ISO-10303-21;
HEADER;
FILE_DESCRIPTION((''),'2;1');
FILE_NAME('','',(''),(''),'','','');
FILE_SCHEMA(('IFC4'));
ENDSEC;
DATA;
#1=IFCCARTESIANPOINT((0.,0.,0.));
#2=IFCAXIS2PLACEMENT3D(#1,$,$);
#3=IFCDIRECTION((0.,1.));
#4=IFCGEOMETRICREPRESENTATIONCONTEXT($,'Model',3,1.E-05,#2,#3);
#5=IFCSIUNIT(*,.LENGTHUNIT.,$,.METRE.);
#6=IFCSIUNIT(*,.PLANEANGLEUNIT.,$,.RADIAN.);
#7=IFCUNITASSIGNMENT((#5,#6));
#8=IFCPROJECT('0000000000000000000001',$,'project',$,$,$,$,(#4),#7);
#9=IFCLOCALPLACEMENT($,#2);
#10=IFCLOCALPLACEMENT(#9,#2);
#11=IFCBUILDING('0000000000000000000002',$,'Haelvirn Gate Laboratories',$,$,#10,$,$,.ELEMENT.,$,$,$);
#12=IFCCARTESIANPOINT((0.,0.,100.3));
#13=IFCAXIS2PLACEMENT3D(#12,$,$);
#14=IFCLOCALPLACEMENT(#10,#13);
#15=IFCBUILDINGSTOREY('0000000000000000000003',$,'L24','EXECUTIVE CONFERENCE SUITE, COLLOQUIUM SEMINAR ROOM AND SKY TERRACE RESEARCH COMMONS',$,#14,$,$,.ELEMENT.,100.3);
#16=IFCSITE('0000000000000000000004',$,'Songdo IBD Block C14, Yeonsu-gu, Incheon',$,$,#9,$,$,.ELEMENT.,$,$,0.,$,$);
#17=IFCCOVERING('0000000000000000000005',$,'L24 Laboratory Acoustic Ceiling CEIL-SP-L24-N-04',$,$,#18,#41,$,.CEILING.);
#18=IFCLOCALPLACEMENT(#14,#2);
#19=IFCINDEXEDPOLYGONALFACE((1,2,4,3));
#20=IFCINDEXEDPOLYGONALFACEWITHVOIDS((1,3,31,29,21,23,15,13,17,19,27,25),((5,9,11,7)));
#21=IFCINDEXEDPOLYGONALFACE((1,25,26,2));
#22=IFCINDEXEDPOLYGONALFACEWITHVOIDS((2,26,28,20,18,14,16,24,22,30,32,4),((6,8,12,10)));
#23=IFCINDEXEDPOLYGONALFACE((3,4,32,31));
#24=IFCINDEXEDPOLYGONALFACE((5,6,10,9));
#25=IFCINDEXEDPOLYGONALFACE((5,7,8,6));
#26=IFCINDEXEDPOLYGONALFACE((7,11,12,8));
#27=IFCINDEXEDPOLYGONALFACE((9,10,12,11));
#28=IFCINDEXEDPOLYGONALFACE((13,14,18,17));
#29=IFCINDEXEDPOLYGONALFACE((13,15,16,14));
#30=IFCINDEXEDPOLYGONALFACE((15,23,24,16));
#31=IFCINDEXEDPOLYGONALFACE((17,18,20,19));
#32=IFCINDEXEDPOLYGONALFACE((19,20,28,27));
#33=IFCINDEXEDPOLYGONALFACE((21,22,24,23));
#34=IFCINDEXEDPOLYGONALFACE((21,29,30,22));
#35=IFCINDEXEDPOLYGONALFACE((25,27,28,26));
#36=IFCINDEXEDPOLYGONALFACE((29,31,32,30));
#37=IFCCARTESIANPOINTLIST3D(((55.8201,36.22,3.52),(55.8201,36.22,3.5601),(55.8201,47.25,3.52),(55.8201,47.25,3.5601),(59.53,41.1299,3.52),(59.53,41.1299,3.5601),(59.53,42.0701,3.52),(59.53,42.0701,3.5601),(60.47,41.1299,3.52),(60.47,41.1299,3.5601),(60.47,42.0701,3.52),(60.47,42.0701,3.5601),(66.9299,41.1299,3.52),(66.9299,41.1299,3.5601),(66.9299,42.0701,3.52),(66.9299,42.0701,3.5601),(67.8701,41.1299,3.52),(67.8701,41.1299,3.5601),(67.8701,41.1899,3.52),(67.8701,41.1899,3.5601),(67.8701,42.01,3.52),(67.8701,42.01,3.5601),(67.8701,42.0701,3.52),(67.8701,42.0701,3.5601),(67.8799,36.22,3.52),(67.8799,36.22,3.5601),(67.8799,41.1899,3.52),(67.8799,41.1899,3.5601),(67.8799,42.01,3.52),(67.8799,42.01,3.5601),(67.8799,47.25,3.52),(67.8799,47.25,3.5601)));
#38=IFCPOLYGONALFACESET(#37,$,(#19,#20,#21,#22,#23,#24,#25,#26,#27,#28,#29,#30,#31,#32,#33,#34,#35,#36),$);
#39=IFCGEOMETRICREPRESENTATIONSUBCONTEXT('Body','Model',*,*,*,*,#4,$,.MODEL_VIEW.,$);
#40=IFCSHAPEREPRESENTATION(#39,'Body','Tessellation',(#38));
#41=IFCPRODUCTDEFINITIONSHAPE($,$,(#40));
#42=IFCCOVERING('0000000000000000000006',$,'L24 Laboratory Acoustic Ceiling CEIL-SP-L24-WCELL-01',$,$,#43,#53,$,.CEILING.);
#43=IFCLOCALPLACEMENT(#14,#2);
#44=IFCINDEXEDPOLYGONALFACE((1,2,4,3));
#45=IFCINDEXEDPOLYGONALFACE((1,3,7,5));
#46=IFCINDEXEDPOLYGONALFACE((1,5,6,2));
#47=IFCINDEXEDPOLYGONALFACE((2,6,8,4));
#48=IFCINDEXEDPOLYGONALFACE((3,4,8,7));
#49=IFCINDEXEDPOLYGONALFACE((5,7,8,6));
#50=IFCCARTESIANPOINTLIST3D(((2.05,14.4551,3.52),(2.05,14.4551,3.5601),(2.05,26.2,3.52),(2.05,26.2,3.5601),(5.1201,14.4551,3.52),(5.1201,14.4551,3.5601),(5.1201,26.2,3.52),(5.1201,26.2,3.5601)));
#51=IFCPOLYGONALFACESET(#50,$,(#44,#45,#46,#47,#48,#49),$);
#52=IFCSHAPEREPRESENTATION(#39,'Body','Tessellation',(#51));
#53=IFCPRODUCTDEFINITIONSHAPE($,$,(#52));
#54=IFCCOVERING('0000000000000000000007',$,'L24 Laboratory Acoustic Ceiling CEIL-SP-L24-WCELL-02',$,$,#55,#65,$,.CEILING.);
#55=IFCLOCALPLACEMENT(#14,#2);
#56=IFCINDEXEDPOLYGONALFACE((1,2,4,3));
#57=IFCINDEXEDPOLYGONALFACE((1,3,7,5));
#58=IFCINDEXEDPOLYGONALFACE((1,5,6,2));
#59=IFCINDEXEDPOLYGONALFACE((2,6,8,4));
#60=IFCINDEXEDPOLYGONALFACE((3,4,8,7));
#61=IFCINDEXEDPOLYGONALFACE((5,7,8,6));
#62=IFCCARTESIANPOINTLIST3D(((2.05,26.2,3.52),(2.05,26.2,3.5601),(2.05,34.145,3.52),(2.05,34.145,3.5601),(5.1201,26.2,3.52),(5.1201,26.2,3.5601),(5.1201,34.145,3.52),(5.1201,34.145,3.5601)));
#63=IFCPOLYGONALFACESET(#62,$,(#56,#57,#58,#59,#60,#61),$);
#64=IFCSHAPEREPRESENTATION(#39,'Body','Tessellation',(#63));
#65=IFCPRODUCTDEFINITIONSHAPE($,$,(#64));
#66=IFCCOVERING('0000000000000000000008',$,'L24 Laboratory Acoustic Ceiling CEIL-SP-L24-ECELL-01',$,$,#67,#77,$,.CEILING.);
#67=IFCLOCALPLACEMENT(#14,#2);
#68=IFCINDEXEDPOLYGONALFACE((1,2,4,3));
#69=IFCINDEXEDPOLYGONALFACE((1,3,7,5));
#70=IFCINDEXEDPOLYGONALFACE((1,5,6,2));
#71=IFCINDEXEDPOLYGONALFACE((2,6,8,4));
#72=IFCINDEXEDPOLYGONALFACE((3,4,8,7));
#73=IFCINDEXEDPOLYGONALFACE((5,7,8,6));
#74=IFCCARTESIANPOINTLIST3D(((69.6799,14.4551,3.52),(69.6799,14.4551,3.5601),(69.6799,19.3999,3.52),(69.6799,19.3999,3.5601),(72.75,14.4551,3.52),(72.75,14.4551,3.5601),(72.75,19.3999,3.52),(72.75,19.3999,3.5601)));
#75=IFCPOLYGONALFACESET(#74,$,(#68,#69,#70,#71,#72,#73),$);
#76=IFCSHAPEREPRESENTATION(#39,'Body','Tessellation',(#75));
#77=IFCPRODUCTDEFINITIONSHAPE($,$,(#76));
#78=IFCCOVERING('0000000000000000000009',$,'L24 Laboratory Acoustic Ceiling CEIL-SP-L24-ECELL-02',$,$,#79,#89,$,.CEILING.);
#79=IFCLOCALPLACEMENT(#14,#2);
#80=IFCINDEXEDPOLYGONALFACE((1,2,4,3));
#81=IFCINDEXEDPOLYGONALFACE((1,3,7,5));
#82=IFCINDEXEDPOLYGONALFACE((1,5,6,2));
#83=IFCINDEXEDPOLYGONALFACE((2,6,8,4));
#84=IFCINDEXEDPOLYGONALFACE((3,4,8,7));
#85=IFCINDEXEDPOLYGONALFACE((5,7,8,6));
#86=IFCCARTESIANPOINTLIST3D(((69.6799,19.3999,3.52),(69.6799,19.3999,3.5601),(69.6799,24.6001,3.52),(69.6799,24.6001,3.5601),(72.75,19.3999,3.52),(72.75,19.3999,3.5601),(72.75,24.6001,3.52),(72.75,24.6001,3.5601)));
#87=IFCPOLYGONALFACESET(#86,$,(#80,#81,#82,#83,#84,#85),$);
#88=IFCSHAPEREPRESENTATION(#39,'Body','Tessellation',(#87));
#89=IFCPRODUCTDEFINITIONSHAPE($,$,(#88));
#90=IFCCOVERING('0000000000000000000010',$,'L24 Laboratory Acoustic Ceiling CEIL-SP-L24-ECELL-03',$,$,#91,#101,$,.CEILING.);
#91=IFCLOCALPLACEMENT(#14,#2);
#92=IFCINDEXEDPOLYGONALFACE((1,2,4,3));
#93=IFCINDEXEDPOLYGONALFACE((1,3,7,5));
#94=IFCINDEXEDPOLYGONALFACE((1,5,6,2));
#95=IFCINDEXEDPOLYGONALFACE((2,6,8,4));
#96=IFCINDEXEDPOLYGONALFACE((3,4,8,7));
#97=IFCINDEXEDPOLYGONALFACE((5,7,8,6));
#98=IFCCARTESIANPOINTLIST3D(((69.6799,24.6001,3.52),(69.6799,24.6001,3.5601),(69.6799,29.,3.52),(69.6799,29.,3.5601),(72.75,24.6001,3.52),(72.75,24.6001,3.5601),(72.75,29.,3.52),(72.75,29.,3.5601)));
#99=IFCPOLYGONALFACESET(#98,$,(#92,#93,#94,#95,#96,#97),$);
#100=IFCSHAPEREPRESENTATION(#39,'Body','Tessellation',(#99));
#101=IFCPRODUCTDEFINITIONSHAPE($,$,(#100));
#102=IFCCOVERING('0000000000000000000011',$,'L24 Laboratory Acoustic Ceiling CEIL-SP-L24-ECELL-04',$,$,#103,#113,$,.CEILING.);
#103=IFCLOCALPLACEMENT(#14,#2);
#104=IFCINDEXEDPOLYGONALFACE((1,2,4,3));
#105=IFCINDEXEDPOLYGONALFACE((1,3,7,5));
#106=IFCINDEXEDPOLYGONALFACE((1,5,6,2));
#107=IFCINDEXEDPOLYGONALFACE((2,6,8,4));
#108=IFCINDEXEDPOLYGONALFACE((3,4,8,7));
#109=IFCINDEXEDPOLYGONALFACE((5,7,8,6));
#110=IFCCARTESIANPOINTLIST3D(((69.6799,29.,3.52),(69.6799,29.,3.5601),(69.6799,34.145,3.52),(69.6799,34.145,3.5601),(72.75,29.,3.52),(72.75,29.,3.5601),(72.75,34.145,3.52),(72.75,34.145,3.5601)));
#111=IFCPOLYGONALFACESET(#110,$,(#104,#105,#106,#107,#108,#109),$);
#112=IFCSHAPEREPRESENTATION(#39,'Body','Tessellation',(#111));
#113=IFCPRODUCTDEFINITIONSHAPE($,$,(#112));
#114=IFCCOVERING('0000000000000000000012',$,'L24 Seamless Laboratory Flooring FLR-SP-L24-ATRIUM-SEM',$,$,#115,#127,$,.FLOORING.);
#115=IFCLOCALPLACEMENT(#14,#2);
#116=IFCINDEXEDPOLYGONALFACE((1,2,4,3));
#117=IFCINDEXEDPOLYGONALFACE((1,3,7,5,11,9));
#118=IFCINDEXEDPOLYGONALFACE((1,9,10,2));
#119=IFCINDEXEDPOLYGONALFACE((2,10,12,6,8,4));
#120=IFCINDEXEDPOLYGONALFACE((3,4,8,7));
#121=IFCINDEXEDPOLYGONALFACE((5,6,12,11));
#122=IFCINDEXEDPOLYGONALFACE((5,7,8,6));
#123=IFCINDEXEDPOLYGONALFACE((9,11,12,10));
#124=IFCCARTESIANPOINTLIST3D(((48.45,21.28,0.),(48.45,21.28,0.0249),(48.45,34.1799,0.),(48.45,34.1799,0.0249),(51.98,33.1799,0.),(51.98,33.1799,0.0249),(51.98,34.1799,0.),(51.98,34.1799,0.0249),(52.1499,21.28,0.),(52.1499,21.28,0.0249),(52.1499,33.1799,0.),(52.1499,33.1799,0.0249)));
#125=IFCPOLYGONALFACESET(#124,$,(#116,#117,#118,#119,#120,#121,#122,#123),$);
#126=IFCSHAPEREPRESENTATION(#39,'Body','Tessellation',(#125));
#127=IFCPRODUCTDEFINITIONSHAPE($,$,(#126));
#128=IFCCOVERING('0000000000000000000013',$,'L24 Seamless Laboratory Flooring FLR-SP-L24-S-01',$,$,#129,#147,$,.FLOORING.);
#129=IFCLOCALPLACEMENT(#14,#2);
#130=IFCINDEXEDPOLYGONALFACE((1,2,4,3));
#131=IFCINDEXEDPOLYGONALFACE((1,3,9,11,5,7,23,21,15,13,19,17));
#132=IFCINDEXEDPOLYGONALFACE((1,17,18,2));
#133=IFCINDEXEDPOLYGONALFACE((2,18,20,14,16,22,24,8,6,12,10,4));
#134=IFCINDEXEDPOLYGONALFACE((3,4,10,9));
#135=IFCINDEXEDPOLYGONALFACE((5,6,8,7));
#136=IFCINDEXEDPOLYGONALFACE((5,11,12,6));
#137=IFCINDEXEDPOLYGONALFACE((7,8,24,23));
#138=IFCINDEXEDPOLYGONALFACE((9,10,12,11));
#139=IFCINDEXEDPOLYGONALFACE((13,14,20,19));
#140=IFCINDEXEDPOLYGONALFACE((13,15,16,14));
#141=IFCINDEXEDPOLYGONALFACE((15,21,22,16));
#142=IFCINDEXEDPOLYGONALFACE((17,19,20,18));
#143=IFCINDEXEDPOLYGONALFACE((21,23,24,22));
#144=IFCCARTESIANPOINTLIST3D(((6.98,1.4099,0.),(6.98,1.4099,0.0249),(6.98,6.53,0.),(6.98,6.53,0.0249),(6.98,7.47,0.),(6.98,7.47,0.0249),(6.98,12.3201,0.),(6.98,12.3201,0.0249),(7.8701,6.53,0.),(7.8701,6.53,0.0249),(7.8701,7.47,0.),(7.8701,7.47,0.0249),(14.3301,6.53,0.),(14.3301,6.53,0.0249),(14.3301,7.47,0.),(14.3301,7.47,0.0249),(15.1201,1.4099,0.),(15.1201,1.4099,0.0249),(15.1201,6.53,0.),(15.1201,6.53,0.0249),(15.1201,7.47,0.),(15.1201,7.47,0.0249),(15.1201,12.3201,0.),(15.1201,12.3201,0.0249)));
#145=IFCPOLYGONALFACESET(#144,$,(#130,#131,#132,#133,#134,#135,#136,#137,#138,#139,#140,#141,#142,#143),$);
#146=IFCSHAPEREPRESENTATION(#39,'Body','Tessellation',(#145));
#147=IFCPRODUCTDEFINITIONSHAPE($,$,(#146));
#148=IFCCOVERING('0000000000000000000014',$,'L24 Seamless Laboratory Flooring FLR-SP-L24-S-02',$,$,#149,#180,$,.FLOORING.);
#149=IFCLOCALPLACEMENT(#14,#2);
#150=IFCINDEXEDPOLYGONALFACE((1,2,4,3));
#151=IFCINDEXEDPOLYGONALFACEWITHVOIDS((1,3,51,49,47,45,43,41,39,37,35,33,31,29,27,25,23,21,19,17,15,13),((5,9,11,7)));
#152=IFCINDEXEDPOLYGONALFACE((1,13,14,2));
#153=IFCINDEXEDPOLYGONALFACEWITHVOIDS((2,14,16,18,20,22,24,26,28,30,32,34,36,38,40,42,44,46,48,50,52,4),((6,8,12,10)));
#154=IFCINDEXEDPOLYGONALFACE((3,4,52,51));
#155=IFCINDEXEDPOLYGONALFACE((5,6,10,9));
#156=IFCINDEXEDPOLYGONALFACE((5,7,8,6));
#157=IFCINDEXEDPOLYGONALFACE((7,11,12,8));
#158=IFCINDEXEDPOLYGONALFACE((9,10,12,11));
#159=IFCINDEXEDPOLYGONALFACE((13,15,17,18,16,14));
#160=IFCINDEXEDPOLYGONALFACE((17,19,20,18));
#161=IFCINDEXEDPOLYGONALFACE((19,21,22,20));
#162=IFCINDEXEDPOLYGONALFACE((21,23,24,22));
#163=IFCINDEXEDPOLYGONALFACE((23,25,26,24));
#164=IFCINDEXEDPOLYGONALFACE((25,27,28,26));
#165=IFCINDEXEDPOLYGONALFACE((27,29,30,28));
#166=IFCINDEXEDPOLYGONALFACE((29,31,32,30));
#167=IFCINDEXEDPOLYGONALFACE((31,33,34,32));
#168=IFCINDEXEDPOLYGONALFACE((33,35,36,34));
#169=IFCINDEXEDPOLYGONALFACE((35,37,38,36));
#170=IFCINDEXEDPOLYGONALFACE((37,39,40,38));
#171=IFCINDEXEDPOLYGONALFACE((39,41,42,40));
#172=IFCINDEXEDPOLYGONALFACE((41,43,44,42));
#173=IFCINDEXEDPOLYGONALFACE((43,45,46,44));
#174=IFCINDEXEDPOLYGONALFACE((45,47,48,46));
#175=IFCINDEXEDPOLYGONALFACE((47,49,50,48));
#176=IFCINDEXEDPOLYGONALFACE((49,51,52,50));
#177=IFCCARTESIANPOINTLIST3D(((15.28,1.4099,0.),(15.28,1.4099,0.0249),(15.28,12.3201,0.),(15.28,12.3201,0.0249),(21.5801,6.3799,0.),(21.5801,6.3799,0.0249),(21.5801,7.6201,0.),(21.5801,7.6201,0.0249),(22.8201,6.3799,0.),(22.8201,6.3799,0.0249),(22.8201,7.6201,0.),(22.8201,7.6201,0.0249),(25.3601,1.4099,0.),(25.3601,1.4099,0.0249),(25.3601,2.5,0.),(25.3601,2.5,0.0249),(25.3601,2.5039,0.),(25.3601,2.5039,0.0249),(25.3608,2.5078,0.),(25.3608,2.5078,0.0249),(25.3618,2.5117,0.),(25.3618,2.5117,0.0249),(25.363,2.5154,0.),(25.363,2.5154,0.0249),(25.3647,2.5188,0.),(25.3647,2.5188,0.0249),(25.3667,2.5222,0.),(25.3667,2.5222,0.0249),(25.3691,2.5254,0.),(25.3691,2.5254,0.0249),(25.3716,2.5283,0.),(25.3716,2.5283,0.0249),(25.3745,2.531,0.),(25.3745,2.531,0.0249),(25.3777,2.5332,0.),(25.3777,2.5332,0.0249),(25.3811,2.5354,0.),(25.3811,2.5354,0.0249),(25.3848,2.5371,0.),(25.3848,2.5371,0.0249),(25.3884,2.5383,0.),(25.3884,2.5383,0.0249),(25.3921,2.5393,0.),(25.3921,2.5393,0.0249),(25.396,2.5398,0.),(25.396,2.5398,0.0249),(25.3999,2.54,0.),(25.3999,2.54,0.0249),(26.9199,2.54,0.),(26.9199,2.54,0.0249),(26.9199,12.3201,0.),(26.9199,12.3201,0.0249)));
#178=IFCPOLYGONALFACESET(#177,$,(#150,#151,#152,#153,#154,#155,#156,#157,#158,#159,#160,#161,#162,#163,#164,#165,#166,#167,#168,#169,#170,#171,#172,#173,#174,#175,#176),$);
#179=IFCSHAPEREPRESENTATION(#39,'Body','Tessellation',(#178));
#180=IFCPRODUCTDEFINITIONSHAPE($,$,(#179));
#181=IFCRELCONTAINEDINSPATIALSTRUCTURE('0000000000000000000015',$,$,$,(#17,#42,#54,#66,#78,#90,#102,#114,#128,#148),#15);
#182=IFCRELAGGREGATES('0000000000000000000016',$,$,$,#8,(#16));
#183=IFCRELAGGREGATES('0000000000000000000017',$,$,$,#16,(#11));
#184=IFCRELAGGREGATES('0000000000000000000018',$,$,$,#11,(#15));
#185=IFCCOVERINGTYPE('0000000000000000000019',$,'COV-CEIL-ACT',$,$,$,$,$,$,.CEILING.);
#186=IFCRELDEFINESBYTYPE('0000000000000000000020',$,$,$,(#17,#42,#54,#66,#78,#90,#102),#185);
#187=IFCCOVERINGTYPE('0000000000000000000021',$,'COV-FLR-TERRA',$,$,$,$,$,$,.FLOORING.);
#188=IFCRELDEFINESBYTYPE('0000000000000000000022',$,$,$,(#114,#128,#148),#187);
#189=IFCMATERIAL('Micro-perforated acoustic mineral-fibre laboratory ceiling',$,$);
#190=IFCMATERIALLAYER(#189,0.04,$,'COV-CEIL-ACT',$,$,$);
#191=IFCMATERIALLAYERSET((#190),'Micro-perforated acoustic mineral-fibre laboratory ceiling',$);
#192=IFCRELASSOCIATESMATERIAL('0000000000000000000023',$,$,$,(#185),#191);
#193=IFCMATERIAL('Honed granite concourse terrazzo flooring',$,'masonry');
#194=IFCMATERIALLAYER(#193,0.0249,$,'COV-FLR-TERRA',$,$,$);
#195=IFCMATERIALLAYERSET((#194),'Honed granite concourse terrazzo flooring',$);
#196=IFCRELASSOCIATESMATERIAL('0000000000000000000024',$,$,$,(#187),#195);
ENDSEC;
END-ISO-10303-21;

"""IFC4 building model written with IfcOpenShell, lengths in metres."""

from ifc_helpers import new_model, si_unit, direction, frame, origin, place, context, subcontext, project, spatial, polyline, outline, extrude, material, layer, layer_set, type_object, element, save


model = new_model("IFC4")

# Units and contexts
model_context = context("Model", 3, precision=1e-05, world=origin(), true_north=direction((0.0, 1.0)))
body_context = subcontext(model_context, "Body", "Model", "MODEL_VIEW")
ifc_project = project(units=[si_unit("LENGTHUNIT", "METRE"), si_unit("PLANEANGLEUNIT", "RADIAN")], contexts=[model_context])

# Site, building, storey
site_placement = place(None, origin())
site = spatial("IfcSite", under=ifc_project, at=site_placement, Name="Songdo IBD Block C14, Yeonsu-gu, Incheon", CompositionType="ELEMENT", RefElevation=0.0)
building_placement = place(site_placement, origin())
building = spatial("IfcBuilding", under=site, at=building_placement, Name="Haelvirn Gate Laboratories", CompositionType="ELEMENT")
storey_placement = place(building_placement, frame((0.0, 0.0, 100.3)))
storey = spatial("IfcBuildingStorey", under=building, at=storey_placement, Name="L24", Description="EXECUTIVE CONFERENCE SUITE, COLLOQUIUM SEMINAR ROOM AND SKY TERRACE RESEARCH COMMONS", CompositionType="ELEMENT", Elevation=100.3)

# Coverings
ifc_material_1 = material(Name="Micro-perforated acoustic mineral-fibre laboratory ceiling")
ifc_layer_1 = layer(ifc_material_1, 0.04, Name="COV-CEIL-ACT")
ifc_layer_set_1 = layer_set([ifc_layer_1], Name="Micro-perforated acoustic mineral-fibre laboratory ceiling")
covering_type_1 = type_object("IfcCoveringType", Name="COV-CEIL-ACT", PredefinedType="CEILING", material=ifc_layer_set_1)
covering_1_placement = place(storey_placement, frame((0.0, 0.0, 3.52)))
element("IfcCovering", 1, at=covering_1_placement, inside=storey, type_object=covering_type_1, Name="L24 Laboratory Acoustic Ceiling CEIL-SP-L24-N-04", PredefinedType="CEILING", context=body_context, shape_type="SweptSolid", body=[
    extrude(outline(polyline([(67.8799, 41.1899), (67.8799, 36.22), (55.8201, 36.22), (55.8201, 47.25), (67.8799, 47.25), (67.8799, 42.01), (67.8701, 42.01), (67.8701, 42.0701), (66.9299, 42.0701), (66.9299, 41.1299), (67.8701, 41.1299), (67.8701, 41.1899), (67.8799, 41.1899)]), holes=[polyline([(59.53, 42.0701), (59.53, 41.1299), (60.47, 41.1299), (60.47, 42.0701), (59.53, 42.0701)])]), origin(), (0.0, 0.0, 1.0), 0.04),
])
covering_2_placement = place(storey_placement, frame((0.0, 0.0, 3.52)))
element("IfcCovering", 2, at=covering_2_placement, inside=storey, type_object=covering_type_1, Name="L24 Laboratory Acoustic Ceiling CEIL-SP-L24-WCELL-01", PredefinedType="CEILING", context=body_context, shape_type="SweptSolid", body=[
    extrude(outline(polyline([(2.05, 26.2), (5.1201, 26.2), (5.1201, 14.4551), (2.05, 14.4551), (2.05, 26.2)])), origin(), (0.0, 0.0, 1.0), 0.04),
])
covering_3_placement = place(storey_placement, frame((0.0, 0.0, 3.52)))
element("IfcCovering", 3, at=covering_3_placement, inside=storey, type_object=covering_type_1, Name="L24 Laboratory Acoustic Ceiling CEIL-SP-L24-WCELL-02", PredefinedType="CEILING", context=body_context, shape_type="SweptSolid", body=[
    extrude(outline(polyline([(2.05, 34.145), (5.1201, 34.145), (5.1201, 26.2), (2.05, 26.2), (2.05, 34.145)])), origin(), (0.0, 0.0, 1.0), 0.04),
])
covering_4_placement = place(storey_placement, frame((0.0, 0.0, 3.52)))
element("IfcCovering", 4, at=covering_4_placement, inside=storey, type_object=covering_type_1, Name="L24 Laboratory Acoustic Ceiling CEIL-SP-L24-ECELL-01", PredefinedType="CEILING", context=body_context, shape_type="SweptSolid", body=[
    extrude(outline(polyline([(69.6799, 19.3999), (72.75, 19.3999), (72.75, 14.4551), (69.6799, 14.4551), (69.6799, 19.3999)])), origin(), (0.0, 0.0, 1.0), 0.04),
])
covering_5_placement = place(storey_placement, frame((0.0, 0.0, 3.52)))
element("IfcCovering", 5, at=covering_5_placement, inside=storey, type_object=covering_type_1, Name="L24 Laboratory Acoustic Ceiling CEIL-SP-L24-ECELL-02", PredefinedType="CEILING", context=body_context, shape_type="SweptSolid", body=[
    extrude(outline(polyline([(69.6799, 24.6001), (72.75, 24.6001), (72.75, 19.3999), (69.6799, 19.3999), (69.6799, 24.6001)])), origin(), (0.0, 0.0, 1.0), 0.04),
])
covering_6_placement = place(storey_placement, frame((0.0, 0.0, 3.52)))
element("IfcCovering", 6, at=covering_6_placement, inside=storey, type_object=covering_type_1, Name="L24 Laboratory Acoustic Ceiling CEIL-SP-L24-ECELL-03", PredefinedType="CEILING", context=body_context, shape_type="SweptSolid", body=[
    extrude(outline(polyline([(69.6799, 29.0), (72.75, 29.0), (72.75, 24.6001), (69.6799, 24.6001), (69.6799, 29.0)])), origin(), (0.0, 0.0, 1.0), 0.04),
])
covering_7_placement = place(storey_placement, frame((0.0, 0.0, 3.52)))
element("IfcCovering", 7, at=covering_7_placement, inside=storey, type_object=covering_type_1, Name="L24 Laboratory Acoustic Ceiling CEIL-SP-L24-ECELL-04", PredefinedType="CEILING", context=body_context, shape_type="SweptSolid", body=[
    extrude(outline(polyline([(69.6799, 34.145), (72.75, 34.145), (72.75, 29.0), (69.6799, 29.0), (69.6799, 34.145)])), origin(), (0.0, 0.0, 1.0), 0.04),
])
ifc_material_2 = material(Name="Honed granite concourse terrazzo flooring", Category="masonry")
ifc_layer_2 = layer(ifc_material_2, 0.0249, Name="COV-FLR-TERRA")
ifc_layer_set_2 = layer_set([ifc_layer_2], Name="Honed granite concourse terrazzo flooring")
covering_type_2 = type_object("IfcCoveringType", Name="COV-FLR-TERRA", PredefinedType="FLOORING", material=ifc_layer_set_2)
covering_8_placement = place(storey_placement, origin())
element("IfcCovering", 8, at=covering_8_placement, inside=storey, type_object=covering_type_2, Name="L24 Seamless Laboratory Flooring FLR-SP-L24-ATRIUM-SEM", PredefinedType="FLOORING", context=body_context, shape_type="SweptSolid", body=[
    extrude(outline(polyline([(51.98, 34.1799), (51.98, 33.1799), (52.1499, 33.1799), (52.1499, 21.28), (48.45, 21.28), (48.45, 34.1799), (51.98, 34.1799)])), origin(), (0.0, 0.0, 1.0), 0.0249),
])
covering_9_placement = place(storey_placement, origin())
element("IfcCovering", 9, at=covering_9_placement, inside=storey, type_object=covering_type_2, Name="L24 Seamless Laboratory Flooring FLR-SP-L24-S-01", PredefinedType="FLOORING", context=body_context, shape_type="SweptSolid", body=[
    extrude(outline(polyline([(15.1201, 7.47), (14.3301, 7.47), (14.3301, 6.53), (15.1201, 6.53), (15.1201, 1.4099), (6.98, 1.4099), (6.98, 6.53), (7.8701, 6.53), (7.8701, 7.47), (6.98, 7.47), (6.98, 12.3201), (15.1201, 12.3201), (15.1201, 7.47)])), origin(), (0.0, 0.0, 1.0), 0.0249),
])
covering_10_placement = place(storey_placement, origin())
element("IfcCovering", 10, at=covering_10_placement, inside=storey, type_object=covering_type_2, Name="L24 Seamless Laboratory Flooring FLR-SP-L24-S-02", PredefinedType="FLOORING", context=body_context, shape_type="SweptSolid", body=[
    extrude(outline(polyline([(26.9199, 12.3201), (26.9199, 2.54), (25.3999, 2.54), (25.396, 2.5398), (25.3921, 2.5393), (25.3884, 2.5383), (25.3848, 2.5371), (25.3811, 2.5354), (25.3777, 2.5332), (25.3745, 2.531), (25.3716, 2.5283), (25.3691, 2.5254), (25.3667, 2.5222), (25.3647, 2.5188), (25.363, 2.5154), (25.3618, 2.5117), (25.3608, 2.5078), (25.3601, 2.5039), (25.3601, 2.5), (25.3601, 1.4099), (15.28, 1.4099), (15.28, 12.3201), (26.9199, 12.3201)]), holes=[polyline([(21.5801, 7.6201), (21.5801, 6.3799), (22.8201, 6.3799), (22.8201, 7.6201), (21.5801, 7.6201)])]), origin(), (0.0, 0.0, 1.0), 0.0249),
])

save(model, "model.ifc")
